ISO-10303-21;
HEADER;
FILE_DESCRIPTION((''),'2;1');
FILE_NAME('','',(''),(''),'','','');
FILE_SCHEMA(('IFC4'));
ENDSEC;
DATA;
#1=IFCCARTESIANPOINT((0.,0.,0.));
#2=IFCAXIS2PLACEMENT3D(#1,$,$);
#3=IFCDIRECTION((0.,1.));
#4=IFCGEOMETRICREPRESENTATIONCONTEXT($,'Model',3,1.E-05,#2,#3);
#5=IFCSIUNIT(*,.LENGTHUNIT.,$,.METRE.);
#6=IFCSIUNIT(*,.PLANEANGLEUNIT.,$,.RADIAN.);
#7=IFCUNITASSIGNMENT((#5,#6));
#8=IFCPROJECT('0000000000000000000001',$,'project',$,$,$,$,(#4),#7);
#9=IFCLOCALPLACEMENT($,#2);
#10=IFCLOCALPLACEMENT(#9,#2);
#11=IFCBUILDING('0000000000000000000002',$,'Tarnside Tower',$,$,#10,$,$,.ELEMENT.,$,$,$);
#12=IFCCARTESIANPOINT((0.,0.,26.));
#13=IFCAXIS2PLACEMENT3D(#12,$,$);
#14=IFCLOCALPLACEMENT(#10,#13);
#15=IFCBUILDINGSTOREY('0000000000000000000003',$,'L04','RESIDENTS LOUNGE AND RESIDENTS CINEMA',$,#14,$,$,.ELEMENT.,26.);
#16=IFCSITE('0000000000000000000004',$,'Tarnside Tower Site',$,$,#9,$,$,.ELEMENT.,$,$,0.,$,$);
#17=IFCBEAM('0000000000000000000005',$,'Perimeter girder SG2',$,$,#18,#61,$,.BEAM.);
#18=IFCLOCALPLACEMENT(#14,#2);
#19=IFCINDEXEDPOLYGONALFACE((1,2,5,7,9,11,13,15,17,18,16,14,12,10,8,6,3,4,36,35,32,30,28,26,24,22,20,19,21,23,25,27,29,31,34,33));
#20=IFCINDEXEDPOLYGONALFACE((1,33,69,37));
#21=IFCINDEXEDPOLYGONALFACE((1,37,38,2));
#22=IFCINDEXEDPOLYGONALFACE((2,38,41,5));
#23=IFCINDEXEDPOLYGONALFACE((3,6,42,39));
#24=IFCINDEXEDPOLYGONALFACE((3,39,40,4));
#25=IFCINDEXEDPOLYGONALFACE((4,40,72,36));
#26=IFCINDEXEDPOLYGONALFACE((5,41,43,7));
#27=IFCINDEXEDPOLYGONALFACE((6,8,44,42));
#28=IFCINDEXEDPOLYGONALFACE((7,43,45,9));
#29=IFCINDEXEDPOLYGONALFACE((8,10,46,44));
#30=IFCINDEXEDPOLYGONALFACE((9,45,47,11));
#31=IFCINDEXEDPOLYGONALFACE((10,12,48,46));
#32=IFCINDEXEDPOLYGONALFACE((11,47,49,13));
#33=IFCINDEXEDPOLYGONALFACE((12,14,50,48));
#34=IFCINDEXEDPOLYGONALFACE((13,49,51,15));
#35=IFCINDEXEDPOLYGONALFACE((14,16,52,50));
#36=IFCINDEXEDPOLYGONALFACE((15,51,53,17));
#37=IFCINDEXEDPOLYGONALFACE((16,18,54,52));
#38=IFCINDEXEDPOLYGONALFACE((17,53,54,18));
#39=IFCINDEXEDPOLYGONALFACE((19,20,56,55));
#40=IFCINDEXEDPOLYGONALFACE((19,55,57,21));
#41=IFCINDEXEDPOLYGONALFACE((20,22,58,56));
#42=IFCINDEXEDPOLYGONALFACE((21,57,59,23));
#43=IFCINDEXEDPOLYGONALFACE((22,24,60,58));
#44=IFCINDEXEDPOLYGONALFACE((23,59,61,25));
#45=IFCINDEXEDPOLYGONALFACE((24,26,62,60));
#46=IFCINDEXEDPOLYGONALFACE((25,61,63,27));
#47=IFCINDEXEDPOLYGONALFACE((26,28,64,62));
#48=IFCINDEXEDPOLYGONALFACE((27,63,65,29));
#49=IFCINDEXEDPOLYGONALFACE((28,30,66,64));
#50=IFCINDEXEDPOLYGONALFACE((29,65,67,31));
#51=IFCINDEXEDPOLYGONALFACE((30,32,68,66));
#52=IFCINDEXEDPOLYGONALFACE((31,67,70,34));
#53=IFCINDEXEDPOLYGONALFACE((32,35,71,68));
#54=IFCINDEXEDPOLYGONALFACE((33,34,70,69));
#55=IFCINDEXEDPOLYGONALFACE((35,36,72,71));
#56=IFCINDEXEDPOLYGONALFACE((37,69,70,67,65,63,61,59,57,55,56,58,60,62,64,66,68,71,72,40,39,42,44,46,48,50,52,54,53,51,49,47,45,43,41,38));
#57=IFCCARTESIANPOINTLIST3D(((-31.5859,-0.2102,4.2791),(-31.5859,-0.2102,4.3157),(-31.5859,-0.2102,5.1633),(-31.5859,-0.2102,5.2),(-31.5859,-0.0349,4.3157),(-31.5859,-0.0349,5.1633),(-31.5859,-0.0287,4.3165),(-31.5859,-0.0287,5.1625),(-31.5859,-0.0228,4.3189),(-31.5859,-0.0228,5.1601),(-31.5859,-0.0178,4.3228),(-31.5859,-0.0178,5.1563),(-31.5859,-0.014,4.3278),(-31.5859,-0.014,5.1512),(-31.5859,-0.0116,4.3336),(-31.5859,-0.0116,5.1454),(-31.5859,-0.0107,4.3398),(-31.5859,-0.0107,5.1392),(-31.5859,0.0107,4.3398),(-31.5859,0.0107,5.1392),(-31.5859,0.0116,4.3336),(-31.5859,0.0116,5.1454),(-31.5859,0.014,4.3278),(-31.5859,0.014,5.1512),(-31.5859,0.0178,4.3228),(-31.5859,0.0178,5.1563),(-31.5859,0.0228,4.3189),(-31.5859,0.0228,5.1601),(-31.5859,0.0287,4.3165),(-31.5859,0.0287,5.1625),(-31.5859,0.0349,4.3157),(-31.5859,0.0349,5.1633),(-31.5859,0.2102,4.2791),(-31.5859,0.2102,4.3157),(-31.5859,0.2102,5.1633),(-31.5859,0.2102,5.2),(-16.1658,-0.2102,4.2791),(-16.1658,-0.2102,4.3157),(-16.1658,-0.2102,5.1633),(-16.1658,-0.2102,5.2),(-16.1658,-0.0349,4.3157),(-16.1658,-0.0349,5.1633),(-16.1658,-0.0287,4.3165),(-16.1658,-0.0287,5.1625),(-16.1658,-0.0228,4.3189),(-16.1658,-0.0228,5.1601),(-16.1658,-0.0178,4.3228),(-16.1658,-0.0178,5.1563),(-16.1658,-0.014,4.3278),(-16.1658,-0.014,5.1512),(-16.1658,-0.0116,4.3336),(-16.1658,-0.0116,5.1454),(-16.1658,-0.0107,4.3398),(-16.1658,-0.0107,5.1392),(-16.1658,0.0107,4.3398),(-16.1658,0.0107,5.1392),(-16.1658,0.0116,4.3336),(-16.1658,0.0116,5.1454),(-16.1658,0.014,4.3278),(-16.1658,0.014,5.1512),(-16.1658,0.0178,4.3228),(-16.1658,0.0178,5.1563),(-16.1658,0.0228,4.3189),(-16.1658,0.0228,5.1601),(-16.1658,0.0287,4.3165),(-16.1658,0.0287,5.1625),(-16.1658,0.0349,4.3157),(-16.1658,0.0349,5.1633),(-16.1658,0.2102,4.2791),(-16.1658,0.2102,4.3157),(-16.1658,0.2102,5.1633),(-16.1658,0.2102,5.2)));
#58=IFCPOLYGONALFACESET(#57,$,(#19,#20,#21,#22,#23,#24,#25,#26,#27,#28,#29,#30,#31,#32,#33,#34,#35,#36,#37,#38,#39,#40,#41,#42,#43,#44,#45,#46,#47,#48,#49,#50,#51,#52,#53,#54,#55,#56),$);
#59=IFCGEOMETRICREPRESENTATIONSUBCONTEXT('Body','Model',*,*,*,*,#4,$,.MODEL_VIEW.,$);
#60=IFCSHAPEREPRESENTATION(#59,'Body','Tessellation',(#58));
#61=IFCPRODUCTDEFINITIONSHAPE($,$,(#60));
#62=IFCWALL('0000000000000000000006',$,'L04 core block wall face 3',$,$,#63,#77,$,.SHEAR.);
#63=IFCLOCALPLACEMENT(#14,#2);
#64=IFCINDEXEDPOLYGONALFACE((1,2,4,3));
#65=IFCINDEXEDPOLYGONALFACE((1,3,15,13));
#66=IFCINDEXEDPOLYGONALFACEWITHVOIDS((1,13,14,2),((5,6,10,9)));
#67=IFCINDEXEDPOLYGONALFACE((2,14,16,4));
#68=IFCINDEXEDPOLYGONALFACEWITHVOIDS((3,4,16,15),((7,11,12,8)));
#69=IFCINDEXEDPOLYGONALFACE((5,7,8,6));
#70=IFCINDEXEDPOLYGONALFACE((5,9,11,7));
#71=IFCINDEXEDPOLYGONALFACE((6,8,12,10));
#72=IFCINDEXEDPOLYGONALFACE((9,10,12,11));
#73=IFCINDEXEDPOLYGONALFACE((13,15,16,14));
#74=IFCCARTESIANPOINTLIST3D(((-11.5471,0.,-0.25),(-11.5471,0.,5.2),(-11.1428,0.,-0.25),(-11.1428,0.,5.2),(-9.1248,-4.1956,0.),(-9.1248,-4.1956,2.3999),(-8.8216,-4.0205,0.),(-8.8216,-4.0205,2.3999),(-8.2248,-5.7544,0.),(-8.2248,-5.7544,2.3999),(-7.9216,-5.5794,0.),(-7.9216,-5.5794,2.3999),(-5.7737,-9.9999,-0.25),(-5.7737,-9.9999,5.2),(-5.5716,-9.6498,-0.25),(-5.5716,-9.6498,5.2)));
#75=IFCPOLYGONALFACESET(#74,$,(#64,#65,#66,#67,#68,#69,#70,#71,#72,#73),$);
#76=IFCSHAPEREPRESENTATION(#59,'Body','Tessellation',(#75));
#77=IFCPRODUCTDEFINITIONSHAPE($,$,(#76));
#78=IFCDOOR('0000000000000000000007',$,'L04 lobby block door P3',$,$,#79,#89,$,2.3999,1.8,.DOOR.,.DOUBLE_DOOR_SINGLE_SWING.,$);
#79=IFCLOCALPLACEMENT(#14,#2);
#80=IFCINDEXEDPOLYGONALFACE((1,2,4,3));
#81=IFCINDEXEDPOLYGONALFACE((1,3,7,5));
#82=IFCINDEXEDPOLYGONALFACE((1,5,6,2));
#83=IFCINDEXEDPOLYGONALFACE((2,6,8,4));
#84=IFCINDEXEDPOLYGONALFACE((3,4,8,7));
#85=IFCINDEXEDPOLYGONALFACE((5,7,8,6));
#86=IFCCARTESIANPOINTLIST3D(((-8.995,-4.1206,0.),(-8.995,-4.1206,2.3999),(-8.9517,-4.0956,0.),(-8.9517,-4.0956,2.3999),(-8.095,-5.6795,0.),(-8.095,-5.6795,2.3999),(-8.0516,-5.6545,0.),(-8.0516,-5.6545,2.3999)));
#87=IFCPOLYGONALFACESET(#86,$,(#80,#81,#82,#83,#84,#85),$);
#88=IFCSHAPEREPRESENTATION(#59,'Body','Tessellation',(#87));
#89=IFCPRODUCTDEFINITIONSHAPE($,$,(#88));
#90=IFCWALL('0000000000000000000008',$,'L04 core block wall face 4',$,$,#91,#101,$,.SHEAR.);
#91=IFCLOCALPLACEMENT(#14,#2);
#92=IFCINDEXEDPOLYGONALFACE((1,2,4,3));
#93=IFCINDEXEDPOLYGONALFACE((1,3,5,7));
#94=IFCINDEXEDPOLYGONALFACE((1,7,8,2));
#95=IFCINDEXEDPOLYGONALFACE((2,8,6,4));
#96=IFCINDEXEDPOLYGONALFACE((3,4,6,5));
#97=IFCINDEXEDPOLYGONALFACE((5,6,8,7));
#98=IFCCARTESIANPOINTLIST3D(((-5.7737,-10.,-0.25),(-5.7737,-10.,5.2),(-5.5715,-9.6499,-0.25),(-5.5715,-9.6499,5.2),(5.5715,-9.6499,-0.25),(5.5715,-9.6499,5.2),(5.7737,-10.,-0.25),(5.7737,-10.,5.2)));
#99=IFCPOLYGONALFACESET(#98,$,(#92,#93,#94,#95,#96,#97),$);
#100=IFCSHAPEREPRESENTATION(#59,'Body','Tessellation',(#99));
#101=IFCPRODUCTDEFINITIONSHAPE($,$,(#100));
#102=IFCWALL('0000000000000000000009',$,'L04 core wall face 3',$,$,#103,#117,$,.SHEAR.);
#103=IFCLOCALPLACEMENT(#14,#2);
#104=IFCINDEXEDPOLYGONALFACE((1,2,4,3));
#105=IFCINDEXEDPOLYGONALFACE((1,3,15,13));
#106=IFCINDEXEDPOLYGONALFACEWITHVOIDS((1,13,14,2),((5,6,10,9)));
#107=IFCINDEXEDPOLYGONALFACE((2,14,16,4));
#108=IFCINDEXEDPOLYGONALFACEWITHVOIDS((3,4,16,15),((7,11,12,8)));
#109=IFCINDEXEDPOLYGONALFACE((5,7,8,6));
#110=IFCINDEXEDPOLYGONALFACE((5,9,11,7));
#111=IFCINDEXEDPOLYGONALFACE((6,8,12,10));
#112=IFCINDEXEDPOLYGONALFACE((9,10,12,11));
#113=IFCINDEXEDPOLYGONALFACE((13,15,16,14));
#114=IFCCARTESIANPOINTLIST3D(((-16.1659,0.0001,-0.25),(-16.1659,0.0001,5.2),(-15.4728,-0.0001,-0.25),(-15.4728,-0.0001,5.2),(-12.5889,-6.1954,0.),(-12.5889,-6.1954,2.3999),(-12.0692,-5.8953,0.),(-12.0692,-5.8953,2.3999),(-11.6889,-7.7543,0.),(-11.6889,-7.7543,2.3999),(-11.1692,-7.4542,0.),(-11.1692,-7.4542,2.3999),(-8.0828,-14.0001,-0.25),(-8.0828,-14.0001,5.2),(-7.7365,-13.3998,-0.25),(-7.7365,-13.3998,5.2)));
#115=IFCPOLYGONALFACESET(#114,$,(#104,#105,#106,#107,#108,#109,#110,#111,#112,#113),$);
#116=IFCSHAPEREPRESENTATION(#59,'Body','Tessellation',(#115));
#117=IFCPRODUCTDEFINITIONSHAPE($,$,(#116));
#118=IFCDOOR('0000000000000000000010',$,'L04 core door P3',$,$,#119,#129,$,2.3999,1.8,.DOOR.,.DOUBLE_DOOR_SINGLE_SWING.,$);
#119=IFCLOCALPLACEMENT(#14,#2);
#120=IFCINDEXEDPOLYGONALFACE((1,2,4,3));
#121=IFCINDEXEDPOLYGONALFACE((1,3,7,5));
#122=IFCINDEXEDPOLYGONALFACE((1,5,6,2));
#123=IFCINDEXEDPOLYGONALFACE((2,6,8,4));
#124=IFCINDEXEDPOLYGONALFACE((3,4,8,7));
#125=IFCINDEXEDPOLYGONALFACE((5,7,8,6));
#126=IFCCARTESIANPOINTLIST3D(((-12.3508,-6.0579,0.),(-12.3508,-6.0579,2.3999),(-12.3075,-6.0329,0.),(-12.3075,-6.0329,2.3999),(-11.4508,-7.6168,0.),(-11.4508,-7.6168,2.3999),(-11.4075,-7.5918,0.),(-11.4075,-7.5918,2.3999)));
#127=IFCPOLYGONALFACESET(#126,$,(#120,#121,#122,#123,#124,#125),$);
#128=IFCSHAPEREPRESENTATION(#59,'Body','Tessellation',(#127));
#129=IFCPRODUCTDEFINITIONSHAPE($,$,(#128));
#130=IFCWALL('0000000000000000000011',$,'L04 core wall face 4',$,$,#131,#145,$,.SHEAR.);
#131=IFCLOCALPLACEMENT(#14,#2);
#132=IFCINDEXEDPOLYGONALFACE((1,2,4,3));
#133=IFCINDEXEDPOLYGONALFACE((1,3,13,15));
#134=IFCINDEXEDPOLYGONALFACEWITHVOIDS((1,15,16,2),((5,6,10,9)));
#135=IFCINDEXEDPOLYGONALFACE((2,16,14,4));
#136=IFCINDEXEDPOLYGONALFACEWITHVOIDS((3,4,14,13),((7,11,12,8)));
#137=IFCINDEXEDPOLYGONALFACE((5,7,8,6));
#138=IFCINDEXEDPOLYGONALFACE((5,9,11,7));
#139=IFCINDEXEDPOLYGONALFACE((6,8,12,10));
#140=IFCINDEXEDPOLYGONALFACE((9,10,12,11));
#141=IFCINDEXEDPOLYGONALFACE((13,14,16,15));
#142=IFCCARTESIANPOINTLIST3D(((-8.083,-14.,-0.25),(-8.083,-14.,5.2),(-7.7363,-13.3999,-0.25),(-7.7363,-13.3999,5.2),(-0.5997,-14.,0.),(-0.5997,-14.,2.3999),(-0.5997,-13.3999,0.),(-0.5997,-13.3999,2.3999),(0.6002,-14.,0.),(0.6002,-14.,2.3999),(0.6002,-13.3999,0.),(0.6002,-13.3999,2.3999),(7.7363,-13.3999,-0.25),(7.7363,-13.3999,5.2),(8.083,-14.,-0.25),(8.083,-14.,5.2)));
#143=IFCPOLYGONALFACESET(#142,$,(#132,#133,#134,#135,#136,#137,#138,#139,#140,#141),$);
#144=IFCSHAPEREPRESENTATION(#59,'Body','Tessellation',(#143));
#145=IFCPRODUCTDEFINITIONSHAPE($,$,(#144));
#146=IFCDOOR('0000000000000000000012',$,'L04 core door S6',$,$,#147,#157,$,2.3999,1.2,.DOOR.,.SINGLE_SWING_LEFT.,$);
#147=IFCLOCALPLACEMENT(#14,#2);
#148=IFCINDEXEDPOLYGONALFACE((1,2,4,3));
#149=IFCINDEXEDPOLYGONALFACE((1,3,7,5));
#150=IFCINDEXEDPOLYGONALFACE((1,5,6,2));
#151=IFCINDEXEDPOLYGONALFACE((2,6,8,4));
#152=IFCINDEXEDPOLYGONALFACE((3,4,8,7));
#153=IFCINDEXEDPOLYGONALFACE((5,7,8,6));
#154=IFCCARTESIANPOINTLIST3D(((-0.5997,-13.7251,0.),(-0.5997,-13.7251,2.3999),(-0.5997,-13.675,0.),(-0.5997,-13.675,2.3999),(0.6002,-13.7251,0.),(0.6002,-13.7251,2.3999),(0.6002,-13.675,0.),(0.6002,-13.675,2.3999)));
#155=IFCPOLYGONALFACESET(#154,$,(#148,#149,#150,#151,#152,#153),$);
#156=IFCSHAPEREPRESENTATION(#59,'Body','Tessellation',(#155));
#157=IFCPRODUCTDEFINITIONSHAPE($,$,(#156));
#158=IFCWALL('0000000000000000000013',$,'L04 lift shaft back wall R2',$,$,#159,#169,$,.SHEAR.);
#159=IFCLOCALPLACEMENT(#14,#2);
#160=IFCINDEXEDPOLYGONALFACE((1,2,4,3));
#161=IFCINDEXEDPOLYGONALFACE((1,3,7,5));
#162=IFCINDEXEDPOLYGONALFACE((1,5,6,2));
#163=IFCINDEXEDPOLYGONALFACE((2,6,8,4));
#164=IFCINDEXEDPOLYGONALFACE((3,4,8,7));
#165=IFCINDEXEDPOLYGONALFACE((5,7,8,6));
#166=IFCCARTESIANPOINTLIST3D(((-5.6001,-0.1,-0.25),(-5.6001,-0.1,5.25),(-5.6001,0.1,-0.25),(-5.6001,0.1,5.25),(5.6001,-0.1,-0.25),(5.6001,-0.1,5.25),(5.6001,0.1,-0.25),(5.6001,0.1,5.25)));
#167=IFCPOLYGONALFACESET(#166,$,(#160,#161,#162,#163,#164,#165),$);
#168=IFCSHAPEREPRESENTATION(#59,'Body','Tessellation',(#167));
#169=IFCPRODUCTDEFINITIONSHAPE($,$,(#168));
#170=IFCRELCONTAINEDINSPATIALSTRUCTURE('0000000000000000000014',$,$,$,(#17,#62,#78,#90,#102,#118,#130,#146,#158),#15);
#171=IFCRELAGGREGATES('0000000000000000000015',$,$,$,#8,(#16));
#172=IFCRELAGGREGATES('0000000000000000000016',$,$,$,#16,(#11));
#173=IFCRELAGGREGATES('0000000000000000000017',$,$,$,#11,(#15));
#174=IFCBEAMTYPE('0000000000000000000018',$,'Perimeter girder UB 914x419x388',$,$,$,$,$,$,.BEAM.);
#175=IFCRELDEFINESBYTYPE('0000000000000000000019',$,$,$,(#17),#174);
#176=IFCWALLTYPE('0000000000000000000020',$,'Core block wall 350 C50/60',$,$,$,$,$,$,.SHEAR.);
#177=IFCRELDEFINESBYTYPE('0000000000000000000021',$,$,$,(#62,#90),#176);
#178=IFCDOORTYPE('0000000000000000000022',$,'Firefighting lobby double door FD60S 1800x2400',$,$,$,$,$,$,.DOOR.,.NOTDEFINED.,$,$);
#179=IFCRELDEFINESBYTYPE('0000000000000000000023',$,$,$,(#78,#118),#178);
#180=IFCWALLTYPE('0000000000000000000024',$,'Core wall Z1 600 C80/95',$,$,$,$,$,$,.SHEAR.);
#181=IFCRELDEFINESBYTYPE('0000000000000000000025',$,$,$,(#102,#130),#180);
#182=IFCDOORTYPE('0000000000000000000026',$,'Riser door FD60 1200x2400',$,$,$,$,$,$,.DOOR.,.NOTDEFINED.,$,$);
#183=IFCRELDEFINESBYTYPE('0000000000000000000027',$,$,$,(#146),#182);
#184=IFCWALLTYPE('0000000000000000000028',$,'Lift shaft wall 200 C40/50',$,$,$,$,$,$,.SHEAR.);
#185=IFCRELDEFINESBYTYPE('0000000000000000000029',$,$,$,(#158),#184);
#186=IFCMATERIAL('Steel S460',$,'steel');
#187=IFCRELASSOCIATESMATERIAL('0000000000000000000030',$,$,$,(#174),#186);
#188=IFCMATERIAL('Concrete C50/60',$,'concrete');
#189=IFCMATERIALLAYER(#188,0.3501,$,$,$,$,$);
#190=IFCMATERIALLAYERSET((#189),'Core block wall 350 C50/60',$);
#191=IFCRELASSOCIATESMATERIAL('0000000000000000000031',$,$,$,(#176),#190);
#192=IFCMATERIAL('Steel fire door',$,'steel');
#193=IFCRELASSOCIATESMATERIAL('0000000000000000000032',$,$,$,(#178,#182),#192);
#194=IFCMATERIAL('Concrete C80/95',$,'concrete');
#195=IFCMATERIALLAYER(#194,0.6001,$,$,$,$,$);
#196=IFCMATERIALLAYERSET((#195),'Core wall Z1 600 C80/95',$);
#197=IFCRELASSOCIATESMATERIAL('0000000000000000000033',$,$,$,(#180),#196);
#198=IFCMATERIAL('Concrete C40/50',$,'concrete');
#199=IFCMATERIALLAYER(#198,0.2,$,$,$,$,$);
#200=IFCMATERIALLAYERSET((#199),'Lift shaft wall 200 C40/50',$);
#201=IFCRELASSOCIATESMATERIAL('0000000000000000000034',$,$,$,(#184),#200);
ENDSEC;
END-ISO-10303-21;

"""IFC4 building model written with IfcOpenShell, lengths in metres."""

from ifc_helpers import new_model, si_unit, direction, frame, frame_2d, origin, origin_2d, place, context, subcontext, project, spatial, polyline, rectangle, i_section, outline, extrude, material, layer, layer_set, material_profile, profile_set, type_object, element, fill, save


model = new_model("IFC4")

# Units and contexts
model_context = context("Model", 3, precision=1e-05, world=origin(), true_north=direction((0.0, 1.0)))
body_context = subcontext(model_context, "Body", "Model", "MODEL_VIEW")
ifc_project = project(units=[si_unit("LENGTHUNIT", "METRE"), si_unit("PLANEANGLEUNIT", "RADIAN")], contexts=[model_context])

# Site, building, storey
site_placement = place(None, origin())
site = spatial("IfcSite", under=ifc_project, at=site_placement, Name="Tarnside Tower Site", CompositionType="ELEMENT", RefElevation=0.0)
building_placement = place(site_placement, origin())
building = spatial("IfcBuilding", under=site, at=building_placement, Name="Tarnside Tower", CompositionType="ELEMENT")
storey_placement = place(building_placement, frame((0.0, 0.0, 26.0)))
storey = spatial("IfcBuildingStorey", under=building, at=storey_placement, Name="L04", Description="RESIDENTS LOUNGE AND RESIDENTS CINEMA", CompositionType="ELEMENT", Elevation=26.0)

# Beam
ifc_material_1 = material(Name="Steel S460", Category="steel")
ifc_material_profile = material_profile(ifc_material_1, i_section(OverallWidth=0.4204, OverallDepth=0.9209, WebThickness=0.0215, FlangeThickness=0.0366, FilletRadius=0.0242, at=origin_2d()), Name="UB 914x419x388")
ifc_profile_set = profile_set([ifc_material_profile], Name="Steel S460")
beam_type = type_object("IfcBeamType", Name="Perimeter girder UB 914x419x388", PredefinedType="BEAM", material=ifc_profile_set)
beam_placement = place(storey_placement, frame((-16.1658, 0.0, 4.7395), z_axis=(-1.0, 0.0, 0.0), x_axis=(0.0, -1.0, 0.0)))
element("IfcBeam", 1, at=beam_placement, inside=storey, type_object=beam_type, Name="Perimeter girder SG2", PredefinedType="BEAM", context=body_context, shape_type="SweptSolid", body=[
    extrude(i_section(OverallWidth=0.4204, OverallDepth=0.9209, WebThickness=0.0215, FlangeThickness=0.0366, FilletRadius=0.0242, at=origin_2d()), origin(), (0.0, 0.0, 1.0), 15.4202),
])

# Wall, opening, door
ifc_material_2 = material(Name="Concrete C50/60", Category="concrete")
ifc_layer_1 = layer(ifc_material_2, 0.3501)
ifc_layer_set_1 = layer_set([ifc_layer_1], Name="Core block wall 350 C50/60")
wall_type_1 = type_object("IfcWallType", Name="Core block wall 350 C50/60", PredefinedType="SHEAR", material=ifc_layer_set_1)
wall_1_placement = place(storey_placement, frame((-11.345, 0.0, -0.25), z_axis=(0.0, 0.0, 1.0), x_axis=(0.499995, -0.866028, 0.0)))
wall_1 = element("IfcWall", 2, at=wall_1_placement, inside=storey, type_object=wall_type_1, Name="L04 core block wall face 3", PredefinedType="SHEAR", context=body_context, shape_type="SweptSolid", body=[
    extrude(outline(polyline([(-0.1011, -0.175), (11.4458, -0.175), (11.2437, 0.175), (0.1011, 0.175), (-0.1011, -0.175)])), origin(), (0.0, 0.0, 1.0), 5.45),
])
opening_1_placement = place(wall_1_placement, frame((4.7437, 0.0, 0.25)))
opening_1 = element("IfcOpeningElement", 3, at=opening_1_placement, cuts=wall_1, PredefinedType="OPENING", context=body_context, shape_type="SweptSolid", body=[
    extrude(rectangle(XDim=1.8, YDim=2.3999, at=frame_2d((0.8999, 1.2))), frame((0.0, 0.1851, 0.0), z_axis=(0.0, -1.0, 0.0), x_axis=(1.0, 0.0, 0.0)), (0.0, 0.0, 1.0), 0.3701),
])
ifc_material_3 = material(Name="Steel fire door", Category="steel")
door_type_1 = type_object("IfcDoorType", Name="Firefighting lobby double door FD60S 1800x2400", OperationType="NOTDEFINED", PredefinedType="DOOR", material=ifc_material_3)
door_1_placement = place(opening_1_placement, origin())
door_1 = element("IfcDoor", 4, at=door_1_placement, inside=storey, type_object=door_type_1, Name="L04 lobby block door P3", OperationType="DOUBLE_DOOR_SINGLE_SWING", OverallHeight=2.3999, OverallWidth=1.8, PredefinedType="DOOR", context=body_context, shape_type="SweptSolid", body=[
    extrude(rectangle(XDim=1.8, YDim=2.3999, at=frame_2d((0.8999, 1.2))), frame((0.0, 0.0249, 0.0), z_axis=(0.0, -1.0, 0.0), x_axis=(1.0, 0.0, 0.0)), (0.0, 0.0, 1.0), 0.05),
])
fill(opening_1, door_1)

# Wall
wall_2_placement = place(storey_placement, frame((-5.6726, -9.825, -0.25), z_axis=(0.0, 0.0, 1.0), x_axis=(1.0, 0.0, 0.0)))
element("IfcWall", 5, at=wall_2_placement, inside=storey, type_object=wall_type_1, Name="L04 core block wall face 4", PredefinedType="SHEAR", context=body_context, shape_type="SweptSolid", body=[
    extrude(outline(polyline([(-0.1011, -0.175), (11.4463, -0.175), (11.2441, 0.175), (0.1011, 0.175), (-0.1011, -0.175)])), origin(), (0.0, 0.0, 1.0), 5.45),
])

# Walls, openings, doors
ifc_material_4 = material(Name="Concrete C80/95", Category="concrete")
ifc_layer_2 = layer(ifc_material_4, 0.6001)
ifc_layer_set_2 = layer_set([ifc_layer_2], Name="Core wall Z1 600 C80/95")
wall_type_2 = type_object("IfcWallType", Name="Core wall Z1 600 C80/95", PredefinedType="SHEAR", material=ifc_layer_set_2)
wall_3_placement = place(storey_placement, frame((-15.8193, 0.0, -0.25), z_axis=(0.0, 0.0, 1.0), x_axis=(0.5, -0.866025, 0.0)))
wall_3 = element("IfcWall", 6, at=wall_3_placement, inside=storey, type_object=wall_type_2, Name="L04 core wall face 3", PredefinedType="SHEAR", context=body_context, shape_type="SweptSolid", body=[
    extrude(outline(polyline([(-0.1733, -0.3), (15.9927, -0.3), (15.646, 0.3), (0.1733, 0.3), (-0.1733, -0.3)])), origin(), (0.0, 0.0, 1.0), 5.45),
])
opening_2_placement = place(wall_3_placement, frame((6.9807, 0.0, 0.25)))
opening_2 = element("IfcOpeningElement", 7, at=opening_2_placement, cuts=wall_3, PredefinedType="OPENING", context=body_context, shape_type="SweptSolid", body=[
    extrude(rectangle(XDim=1.8, YDim=2.3999, at=frame_2d((0.8999, 1.2))), frame((0.0, 0.3101, 0.0), z_axis=(0.0, -1.0, 0.0), x_axis=(1.0, 0.0, 0.0)), (0.0, 0.0, 1.0), 0.6201),
])
door_2_placement = place(opening_2_placement, origin())
door_2 = element("IfcDoor", 8, at=door_2_placement, inside=storey, type_object=door_type_1, Name="L04 core door P3", OperationType="DOUBLE_DOOR_SINGLE_SWING", OverallHeight=2.3999, OverallWidth=1.8, PredefinedType="DOOR", context=body_context, shape_type="SweptSolid", body=[
    extrude(rectangle(XDim=1.8, YDim=2.3999, at=frame_2d((0.8999, 1.2))), frame((0.0, 0.0249, 0.0), z_axis=(0.0, -1.0, 0.0), x_axis=(1.0, 0.0, 0.0)), (0.0, 0.0, 1.0), 0.05),
])
fill(opening_2, door_2)
wall_4_placement = place(storey_placement, frame((-7.9097, -13.7, -0.25), z_axis=(0.0, 0.0, 1.0), x_axis=(1.0, 0.0, 0.0)))
wall_4 = element("IfcWall", 9, at=wall_4_placement, inside=storey, type_object=wall_type_2, Name="L04 core wall face 4", PredefinedType="SHEAR", context=body_context, shape_type="SweptSolid", body=[
    extrude(outline(polyline([(-0.1733, -0.3), (15.9927, -0.3), (15.646, 0.3), (0.1733, 0.3), (-0.1733, -0.3)])), origin(), (0.0, 0.0, 1.0), 5.45),
])
opening_3_placement = place(wall_4_placement, frame((7.3098, 0.0, 0.25)))
opening_3 = element("IfcOpeningElement", 10, at=opening_3_placement, cuts=wall_4, PredefinedType="OPENING", context=body_context, shape_type="SweptSolid", body=[
    extrude(rectangle(XDim=1.2, YDim=2.3999, at=frame_2d((0.6001, 1.2))), frame((0.0, 0.3101, 0.0), z_axis=(0.0, -1.0, 0.0), x_axis=(1.0, 0.0, 0.0)), (0.0, 0.0, 1.0), 0.6201),
])
door_type_2 = type_object("IfcDoorType", Name="Riser door FD60 1200x2400", OperationType="NOTDEFINED", PredefinedType="DOOR", material=ifc_material_3)
door_3_placement = place(opening_3_placement, origin())
door_3 = element("IfcDoor", 11, at=door_3_placement, inside=storey, type_object=door_type_2, Name="L04 core door S6", OperationType="SINGLE_SWING_LEFT", OverallHeight=2.3999, OverallWidth=1.2, PredefinedType="DOOR", context=body_context, shape_type="SweptSolid", body=[
    extrude(rectangle(XDim=1.2, YDim=2.3999, at=frame_2d((0.6001, 1.2))), frame((0.0, 0.0249, 0.0), z_axis=(0.0, -1.0, 0.0), x_axis=(1.0, 0.0, 0.0)), (0.0, 0.0, 1.0), 0.05),
])
fill(opening_3, door_3)

# Wall
ifc_material_5 = material(Name="Concrete C40/50", Category="concrete")
ifc_layer_3 = layer(ifc_material_5, 0.2)
ifc_layer_set_3 = layer_set([ifc_layer_3], Name="Lift shaft wall 200 C40/50")
wall_type_3 = type_object("IfcWallType", Name="Lift shaft wall 200 C40/50", PredefinedType="SHEAR", material=ifc_layer_set_3)
wall_5_placement = place(storey_placement, frame((-5.6001, 0.0, -0.25), z_axis=(0.0, 0.0, 1.0), x_axis=(1.0, 0.0, 0.0)))
element("IfcWall", 12, at=wall_5_placement, inside=storey, type_object=wall_type_3, Name="L04 lift shaft back wall R2", PredefinedType="SHEAR", context=body_context, shape_type="SweptSolid", body=[
    extrude(rectangle(XDim=11.2002, YDim=0.2, at=frame_2d((5.6001, 0.0))), origin(), (0.0, 0.0, 1.0), 5.5),
])

save(model, "model.ifc")
